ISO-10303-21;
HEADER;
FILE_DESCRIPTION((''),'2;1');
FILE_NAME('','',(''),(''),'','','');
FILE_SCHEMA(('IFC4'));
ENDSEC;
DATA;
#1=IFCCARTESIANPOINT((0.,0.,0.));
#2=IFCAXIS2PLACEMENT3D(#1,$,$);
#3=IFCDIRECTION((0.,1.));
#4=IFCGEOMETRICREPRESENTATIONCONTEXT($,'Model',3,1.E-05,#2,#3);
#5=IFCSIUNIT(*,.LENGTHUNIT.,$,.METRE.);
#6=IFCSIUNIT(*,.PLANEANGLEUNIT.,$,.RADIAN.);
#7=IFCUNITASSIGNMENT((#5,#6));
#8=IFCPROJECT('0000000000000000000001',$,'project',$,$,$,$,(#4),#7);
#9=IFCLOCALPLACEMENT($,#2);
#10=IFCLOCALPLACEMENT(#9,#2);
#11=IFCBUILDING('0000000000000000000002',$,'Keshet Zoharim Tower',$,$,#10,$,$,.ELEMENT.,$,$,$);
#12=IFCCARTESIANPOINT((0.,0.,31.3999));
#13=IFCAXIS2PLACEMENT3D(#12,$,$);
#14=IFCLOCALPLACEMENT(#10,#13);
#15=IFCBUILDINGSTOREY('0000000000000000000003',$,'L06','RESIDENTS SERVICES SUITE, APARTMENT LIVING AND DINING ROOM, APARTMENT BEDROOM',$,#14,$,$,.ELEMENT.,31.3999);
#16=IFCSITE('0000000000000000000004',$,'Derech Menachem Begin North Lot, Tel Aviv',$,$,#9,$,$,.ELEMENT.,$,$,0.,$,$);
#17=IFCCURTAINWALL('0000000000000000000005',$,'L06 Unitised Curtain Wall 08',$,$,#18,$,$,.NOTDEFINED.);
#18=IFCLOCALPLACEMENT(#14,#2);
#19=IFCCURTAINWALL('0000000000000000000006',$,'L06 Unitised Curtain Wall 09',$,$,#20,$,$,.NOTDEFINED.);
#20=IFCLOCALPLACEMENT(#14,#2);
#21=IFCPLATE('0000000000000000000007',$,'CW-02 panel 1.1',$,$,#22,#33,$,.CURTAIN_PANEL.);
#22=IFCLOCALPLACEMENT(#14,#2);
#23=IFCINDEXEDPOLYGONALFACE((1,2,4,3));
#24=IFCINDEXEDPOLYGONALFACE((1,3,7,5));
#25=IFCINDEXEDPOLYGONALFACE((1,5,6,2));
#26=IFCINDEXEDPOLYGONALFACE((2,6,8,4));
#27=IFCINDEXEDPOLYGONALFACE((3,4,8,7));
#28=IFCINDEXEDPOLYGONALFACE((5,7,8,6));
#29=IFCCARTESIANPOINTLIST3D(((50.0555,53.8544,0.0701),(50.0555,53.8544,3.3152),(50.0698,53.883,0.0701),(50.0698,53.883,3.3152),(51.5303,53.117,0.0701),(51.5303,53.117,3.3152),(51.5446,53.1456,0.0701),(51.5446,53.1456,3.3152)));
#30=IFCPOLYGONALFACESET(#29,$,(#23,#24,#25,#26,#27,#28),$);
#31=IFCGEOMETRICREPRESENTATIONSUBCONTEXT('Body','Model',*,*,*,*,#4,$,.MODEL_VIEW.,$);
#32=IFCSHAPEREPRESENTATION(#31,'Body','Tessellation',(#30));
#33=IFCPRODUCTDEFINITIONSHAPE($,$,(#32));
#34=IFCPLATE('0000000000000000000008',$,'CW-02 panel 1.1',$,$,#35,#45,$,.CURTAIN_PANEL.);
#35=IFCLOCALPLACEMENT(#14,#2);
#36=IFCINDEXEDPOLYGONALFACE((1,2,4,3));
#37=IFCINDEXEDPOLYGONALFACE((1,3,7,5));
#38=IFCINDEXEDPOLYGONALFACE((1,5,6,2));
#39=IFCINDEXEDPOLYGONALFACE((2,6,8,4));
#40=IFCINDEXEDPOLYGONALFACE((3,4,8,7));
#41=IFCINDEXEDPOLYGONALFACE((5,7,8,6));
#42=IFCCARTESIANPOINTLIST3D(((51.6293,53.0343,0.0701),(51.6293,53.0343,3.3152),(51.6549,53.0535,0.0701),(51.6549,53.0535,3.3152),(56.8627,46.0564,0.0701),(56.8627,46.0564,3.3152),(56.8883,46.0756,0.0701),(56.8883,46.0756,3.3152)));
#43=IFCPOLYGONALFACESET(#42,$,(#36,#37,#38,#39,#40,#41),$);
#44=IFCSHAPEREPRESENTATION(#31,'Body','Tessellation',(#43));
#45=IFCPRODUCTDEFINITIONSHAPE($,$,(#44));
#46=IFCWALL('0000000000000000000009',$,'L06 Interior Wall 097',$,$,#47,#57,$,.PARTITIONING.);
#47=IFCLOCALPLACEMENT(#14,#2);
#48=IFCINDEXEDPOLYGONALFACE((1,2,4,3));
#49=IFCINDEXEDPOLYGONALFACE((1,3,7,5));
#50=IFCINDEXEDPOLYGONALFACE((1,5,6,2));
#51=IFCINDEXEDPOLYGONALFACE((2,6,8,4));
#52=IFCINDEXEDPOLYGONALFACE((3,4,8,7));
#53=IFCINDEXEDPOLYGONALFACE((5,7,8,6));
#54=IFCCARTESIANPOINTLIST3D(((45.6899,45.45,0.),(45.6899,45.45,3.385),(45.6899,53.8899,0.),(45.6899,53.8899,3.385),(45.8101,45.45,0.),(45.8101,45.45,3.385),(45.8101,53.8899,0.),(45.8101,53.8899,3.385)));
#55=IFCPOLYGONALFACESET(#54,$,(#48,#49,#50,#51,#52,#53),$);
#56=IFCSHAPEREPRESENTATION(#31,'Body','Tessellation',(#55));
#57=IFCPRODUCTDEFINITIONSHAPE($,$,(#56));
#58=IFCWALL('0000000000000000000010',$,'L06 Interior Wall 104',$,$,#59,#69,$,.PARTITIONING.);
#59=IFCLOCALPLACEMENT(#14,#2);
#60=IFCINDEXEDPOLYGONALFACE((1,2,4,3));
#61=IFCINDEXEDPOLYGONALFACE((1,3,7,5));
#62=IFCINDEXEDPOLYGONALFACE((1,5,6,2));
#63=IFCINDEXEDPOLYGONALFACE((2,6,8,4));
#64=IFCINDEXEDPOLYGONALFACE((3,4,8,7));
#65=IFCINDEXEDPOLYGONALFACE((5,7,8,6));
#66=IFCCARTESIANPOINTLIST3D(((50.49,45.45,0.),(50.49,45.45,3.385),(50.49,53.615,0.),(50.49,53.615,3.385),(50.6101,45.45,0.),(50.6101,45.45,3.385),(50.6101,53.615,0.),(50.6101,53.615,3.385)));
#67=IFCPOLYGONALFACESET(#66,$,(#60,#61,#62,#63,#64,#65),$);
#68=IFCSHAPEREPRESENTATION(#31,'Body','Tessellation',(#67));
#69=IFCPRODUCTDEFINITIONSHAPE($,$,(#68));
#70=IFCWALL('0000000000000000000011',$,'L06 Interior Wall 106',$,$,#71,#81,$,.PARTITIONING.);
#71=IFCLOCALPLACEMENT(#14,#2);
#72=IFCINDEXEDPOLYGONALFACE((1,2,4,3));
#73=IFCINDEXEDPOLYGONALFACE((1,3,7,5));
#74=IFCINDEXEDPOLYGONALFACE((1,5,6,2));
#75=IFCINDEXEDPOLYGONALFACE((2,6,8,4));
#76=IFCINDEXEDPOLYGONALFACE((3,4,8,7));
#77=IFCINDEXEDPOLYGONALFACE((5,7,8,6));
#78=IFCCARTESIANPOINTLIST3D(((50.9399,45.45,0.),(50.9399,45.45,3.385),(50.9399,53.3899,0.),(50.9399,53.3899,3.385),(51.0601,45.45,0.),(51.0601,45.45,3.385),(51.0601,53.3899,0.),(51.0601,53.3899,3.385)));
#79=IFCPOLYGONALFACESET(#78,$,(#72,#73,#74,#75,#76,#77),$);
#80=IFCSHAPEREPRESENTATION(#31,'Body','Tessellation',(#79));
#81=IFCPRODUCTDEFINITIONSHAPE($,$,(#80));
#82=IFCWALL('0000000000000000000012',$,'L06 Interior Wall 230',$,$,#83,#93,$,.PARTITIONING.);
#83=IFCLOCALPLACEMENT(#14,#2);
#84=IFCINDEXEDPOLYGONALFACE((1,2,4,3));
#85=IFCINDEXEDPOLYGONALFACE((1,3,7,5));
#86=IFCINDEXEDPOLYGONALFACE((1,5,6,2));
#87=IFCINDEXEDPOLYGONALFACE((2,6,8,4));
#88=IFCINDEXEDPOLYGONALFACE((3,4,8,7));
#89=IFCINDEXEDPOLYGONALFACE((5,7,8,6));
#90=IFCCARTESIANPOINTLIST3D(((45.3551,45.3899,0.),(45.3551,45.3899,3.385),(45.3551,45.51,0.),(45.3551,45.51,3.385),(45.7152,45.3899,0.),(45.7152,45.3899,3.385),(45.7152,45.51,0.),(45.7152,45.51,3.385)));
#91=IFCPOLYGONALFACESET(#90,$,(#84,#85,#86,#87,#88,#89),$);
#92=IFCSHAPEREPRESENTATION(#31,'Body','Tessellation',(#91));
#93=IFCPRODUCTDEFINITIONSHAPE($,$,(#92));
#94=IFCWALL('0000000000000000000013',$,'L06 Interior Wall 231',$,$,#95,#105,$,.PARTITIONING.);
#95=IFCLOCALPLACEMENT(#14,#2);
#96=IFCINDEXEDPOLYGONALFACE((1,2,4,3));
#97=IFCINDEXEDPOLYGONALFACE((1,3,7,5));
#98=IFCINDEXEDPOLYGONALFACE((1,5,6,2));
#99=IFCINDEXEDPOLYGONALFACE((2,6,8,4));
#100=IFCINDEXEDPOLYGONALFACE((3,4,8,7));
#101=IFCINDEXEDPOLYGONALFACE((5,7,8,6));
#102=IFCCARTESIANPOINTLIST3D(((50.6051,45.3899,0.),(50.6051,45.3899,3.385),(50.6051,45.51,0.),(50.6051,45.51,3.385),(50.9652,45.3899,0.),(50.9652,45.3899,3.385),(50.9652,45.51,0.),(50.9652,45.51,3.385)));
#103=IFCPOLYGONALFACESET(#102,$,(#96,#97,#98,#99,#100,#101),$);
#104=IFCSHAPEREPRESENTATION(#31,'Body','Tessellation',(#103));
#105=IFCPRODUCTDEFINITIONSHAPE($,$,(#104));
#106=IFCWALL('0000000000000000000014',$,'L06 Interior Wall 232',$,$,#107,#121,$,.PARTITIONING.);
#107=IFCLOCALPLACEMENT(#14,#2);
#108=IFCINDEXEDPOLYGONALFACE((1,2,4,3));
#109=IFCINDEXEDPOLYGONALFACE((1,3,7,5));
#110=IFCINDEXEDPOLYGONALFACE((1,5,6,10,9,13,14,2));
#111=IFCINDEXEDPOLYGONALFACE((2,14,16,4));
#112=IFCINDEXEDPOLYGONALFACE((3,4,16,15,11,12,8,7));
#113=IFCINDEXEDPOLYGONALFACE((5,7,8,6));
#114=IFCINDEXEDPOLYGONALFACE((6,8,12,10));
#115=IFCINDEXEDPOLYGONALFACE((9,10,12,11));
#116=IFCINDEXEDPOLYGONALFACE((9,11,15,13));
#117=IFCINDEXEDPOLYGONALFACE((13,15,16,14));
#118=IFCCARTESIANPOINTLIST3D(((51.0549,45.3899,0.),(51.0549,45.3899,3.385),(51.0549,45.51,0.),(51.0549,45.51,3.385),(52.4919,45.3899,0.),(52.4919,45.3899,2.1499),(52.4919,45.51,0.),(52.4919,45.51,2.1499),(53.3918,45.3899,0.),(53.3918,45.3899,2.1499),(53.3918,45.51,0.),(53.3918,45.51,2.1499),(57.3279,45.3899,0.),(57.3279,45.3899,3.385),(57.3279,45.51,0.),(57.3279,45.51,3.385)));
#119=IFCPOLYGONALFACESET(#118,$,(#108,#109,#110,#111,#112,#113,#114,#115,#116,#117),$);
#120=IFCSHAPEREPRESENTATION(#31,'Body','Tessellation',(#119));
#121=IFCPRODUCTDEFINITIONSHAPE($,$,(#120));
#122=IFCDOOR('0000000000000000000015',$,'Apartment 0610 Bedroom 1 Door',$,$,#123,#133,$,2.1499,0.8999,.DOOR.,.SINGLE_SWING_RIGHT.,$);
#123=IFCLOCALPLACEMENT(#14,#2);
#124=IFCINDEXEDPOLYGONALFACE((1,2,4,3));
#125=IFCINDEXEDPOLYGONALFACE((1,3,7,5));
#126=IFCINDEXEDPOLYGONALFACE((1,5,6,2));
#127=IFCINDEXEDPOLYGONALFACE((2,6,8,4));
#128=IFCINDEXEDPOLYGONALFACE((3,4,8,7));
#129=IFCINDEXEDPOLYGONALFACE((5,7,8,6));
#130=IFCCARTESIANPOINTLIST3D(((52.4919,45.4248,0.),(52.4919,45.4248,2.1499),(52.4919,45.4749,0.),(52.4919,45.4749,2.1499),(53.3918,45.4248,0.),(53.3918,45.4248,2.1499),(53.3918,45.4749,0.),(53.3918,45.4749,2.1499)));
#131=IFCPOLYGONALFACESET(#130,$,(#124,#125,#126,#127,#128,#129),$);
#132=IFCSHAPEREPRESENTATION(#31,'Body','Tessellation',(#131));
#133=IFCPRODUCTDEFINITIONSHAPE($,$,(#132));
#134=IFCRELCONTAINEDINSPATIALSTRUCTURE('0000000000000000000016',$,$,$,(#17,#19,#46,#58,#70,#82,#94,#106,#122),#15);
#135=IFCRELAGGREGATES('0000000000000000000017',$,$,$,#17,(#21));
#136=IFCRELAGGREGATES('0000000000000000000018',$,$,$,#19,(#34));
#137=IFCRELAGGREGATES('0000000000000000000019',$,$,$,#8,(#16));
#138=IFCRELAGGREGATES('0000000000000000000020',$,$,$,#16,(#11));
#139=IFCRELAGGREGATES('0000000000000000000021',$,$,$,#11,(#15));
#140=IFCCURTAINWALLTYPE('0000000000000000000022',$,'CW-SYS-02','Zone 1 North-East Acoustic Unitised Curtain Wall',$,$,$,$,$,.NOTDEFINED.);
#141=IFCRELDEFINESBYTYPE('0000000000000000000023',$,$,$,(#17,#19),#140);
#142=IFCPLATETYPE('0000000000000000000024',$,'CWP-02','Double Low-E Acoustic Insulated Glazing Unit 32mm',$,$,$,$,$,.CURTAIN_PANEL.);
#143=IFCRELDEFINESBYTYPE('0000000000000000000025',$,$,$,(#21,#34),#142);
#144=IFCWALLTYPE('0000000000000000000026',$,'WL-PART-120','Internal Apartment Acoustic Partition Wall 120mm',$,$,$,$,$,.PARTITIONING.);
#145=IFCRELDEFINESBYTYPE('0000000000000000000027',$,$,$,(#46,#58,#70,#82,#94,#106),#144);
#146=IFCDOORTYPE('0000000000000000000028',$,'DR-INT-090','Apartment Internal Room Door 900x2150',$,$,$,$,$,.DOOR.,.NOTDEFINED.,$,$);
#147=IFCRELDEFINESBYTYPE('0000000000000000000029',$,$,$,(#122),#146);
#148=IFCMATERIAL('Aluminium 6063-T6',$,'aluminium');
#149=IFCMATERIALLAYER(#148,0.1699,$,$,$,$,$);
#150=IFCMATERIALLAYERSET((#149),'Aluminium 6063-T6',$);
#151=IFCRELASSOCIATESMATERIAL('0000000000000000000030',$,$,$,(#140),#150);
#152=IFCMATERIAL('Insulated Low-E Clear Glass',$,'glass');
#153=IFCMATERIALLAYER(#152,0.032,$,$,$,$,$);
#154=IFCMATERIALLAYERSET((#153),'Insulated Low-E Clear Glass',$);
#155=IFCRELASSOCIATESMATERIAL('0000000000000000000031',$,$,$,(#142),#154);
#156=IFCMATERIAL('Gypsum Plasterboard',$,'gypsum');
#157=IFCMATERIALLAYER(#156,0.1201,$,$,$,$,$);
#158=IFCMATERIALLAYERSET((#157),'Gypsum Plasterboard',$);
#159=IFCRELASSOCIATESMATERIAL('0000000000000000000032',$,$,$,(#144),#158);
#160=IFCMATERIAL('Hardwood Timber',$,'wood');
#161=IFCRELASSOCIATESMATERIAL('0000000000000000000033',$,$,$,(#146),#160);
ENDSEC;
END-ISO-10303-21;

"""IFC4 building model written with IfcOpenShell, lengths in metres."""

from ifc_helpers import new_model, si_unit, direction, frame, frame_2d, origin, origin_2d, place, context, subcontext, project, spatial, rectangle, extrude, material, layer, layer_set, type_object, element, fill, aggregate, save


model = new_model("IFC4")

# Units and contexts
model_context = context("Model", 3, precision=1e-05, world=origin(), true_north=direction((0.0, 1.0)))
body_context = subcontext(model_context, "Body", "Model", "MODEL_VIEW")
ifc_project = project(units=[si_unit("LENGTHUNIT", "METRE"), si_unit("PLANEANGLEUNIT", "RADIAN")], contexts=[model_context])

# Site, building, storey
site_placement = place(None, origin())
site = spatial("IfcSite", under=ifc_project, at=site_placement, Name="Derech Menachem Begin North Lot, Tel Aviv", CompositionType="ELEMENT", RefElevation=0.0)
building_placement = place(site_placement, origin())
building = spatial("IfcBuilding", under=site, at=building_placement, Name="Keshet Zoharim Tower", CompositionType="ELEMENT")
storey_placement = place(building_placement, frame((0.0, 0.0, 31.3999)))
storey = spatial("IfcBuildingStorey", under=building, at=storey_placement, Name="L06", Description="RESIDENTS SERVICES SUITE, APARTMENT LIVING AND DINING ROOM, APARTMENT BEDROOM", CompositionType="ELEMENT", Elevation=31.3999)

# Shared definitions
ifc_material_1 = material(Name="Aluminium 6063-T6", Category="aluminium")
ifc_layer_1 = layer(ifc_material_1, 0.1699)
ifc_layer_set_1 = layer_set([ifc_layer_1], Name="Aluminium 6063-T6")
curtain_wall_type = type_object("IfcCurtainWallType", Name="CW-SYS-02", Description="Zone 1 North-East Acoustic Unitised Curtain Wall", PredefinedType="NOTDEFINED", material=ifc_layer_set_1)

# Curtain walls
curtain_wall_1_placement = place(storey_placement, origin())
curtain_wall_1 = element("IfcCurtainWall", 1, at=curtain_wall_1_placement, inside=storey, type_object=curtain_wall_type, Name="L06 Unitised Curtain Wall 08", PredefinedType="NOTDEFINED")
curtain_wall_2_placement = place(storey_placement, origin())
curtain_wall_2 = element("IfcCurtainWall", 2, at=curtain_wall_2_placement, inside=storey, type_object=curtain_wall_type, Name="L06 Unitised Curtain Wall 09", PredefinedType="NOTDEFINED")

# Plates
ifc_material_2 = material(Name="Insulated Low-E Clear Glass", Category="glass")
ifc_layer_2 = layer(ifc_material_2, 0.032)
ifc_layer_set_2 = layer_set([ifc_layer_2], Name="Insulated Low-E Clear Glass")
plate_type = type_object("IfcPlateType", Name="CWP-02", Description="Double Low-E Acoustic Insulated Glazing Unit 32mm", PredefinedType="CURTAIN_PANEL", material=ifc_layer_set_2)
plate_1_placement = place(storey_placement, frame((50.8, 53.5, 0.0701), z_axis=(0.0, 0.0, 1.0), x_axis=(0.894427, -0.447214, 0.0)))
plate_1 = element("IfcPlate", 3, at=plate_1_placement, type_object=plate_type, Name="CW-02 panel 1.1", PredefinedType="CURTAIN_PANEL", context=body_context, shape_type="SweptSolid", body=[
    extrude(rectangle(XDim=1.6489, YDim=0.032, at=origin_2d()), origin(), (0.0, 0.0, 1.0), 3.2451),
])
aggregate(curtain_wall_1, [plate_1])
plate_2_placement = place(storey_placement, frame((54.2588, 49.5549, 0.0701), z_axis=(0.0, 0.0, 1.0), x_axis=(0.6, -0.8, 0.0)))
plate_2 = element("IfcPlate", 4, at=plate_2_placement, type_object=plate_type, Name="CW-02 panel 1.1", PredefinedType="CURTAIN_PANEL", context=body_context, shape_type="SweptSolid", body=[
    extrude(rectangle(XDim=8.7224, YDim=0.032, at=origin_2d()), origin(), (0.0, 0.0, 1.0), 3.2451),
])
aggregate(curtain_wall_2, [plate_2])

# Walls
ifc_material_3 = material(Name="Gypsum Plasterboard", Category="gypsum")
ifc_layer_3 = layer(ifc_material_3, 0.1201)
ifc_layer_set_3 = layer_set([ifc_layer_3], Name="Gypsum Plasterboard")
wall_type = type_object("IfcWallType", Name="WL-PART-120", Description="Internal Apartment Acoustic Partition Wall 120mm", PredefinedType="PARTITIONING", material=ifc_layer_set_3)
wall_1_placement = place(storey_placement, frame((45.75, 45.45, 0.0), z_axis=(0.0, 0.0, 1.0), x_axis=(0.0, 1.0, 0.0)))
element("IfcWall", 5, at=wall_1_placement, inside=storey, type_object=wall_type, Name="L06 Interior Wall 097", PredefinedType="PARTITIONING", context=body_context, shape_type="SweptSolid", body=[
    extrude(rectangle(XDim=8.4399, YDim=0.1201, at=frame_2d((4.22, 0.0))), origin(), (0.0, 0.0, 1.0), 3.385),
])
wall_2_placement = place(storey_placement, frame((50.55, 45.45, 0.0), z_axis=(0.0, 0.0, 1.0), x_axis=(0.0, 1.0, 0.0)))
element("IfcWall", 6, at=wall_2_placement, inside=storey, type_object=wall_type, Name="L06 Interior Wall 104", PredefinedType="PARTITIONING", context=body_context, shape_type="SweptSolid", body=[
    extrude(rectangle(XDim=8.165, YDim=0.1201, at=frame_2d((4.0825, 0.0))), origin(), (0.0, 0.0, 1.0), 3.385),
])
wall_3_placement = place(storey_placement, frame((51.0, 45.45, 0.0), z_axis=(0.0, 0.0, 1.0), x_axis=(0.0, 1.0, 0.0)))
element("IfcWall", 7, at=wall_3_placement, inside=storey, type_object=wall_type, Name="L06 Interior Wall 106", PredefinedType="PARTITIONING", context=body_context, shape_type="SweptSolid", body=[
    extrude(rectangle(XDim=7.9399, YDim=0.1201, at=frame_2d((3.97, 0.0))), origin(), (0.0, 0.0, 1.0), 3.385),
])
for number, where, z_axis, x_axis, name in (
    (8, (45.355, 45.45, 0.0), (0.0, 0.0, 1.0), (1.0, 0.0, 0.0), "L06 Interior Wall 230"),
    (9, (50.605, 45.45, 0.0), (0.0, 0.0, 1.0), (1.0, 0.0, 0.0), "L06 Interior Wall 231"),
):
    element("IfcWall", number, at=place(storey_placement, frame(where, z_axis=z_axis, x_axis=x_axis)), inside=storey, type_object=wall_type, Name=name, PredefinedType="PARTITIONING", context=body_context, shape_type="SweptSolid", body=[
        extrude(rectangle(XDim=0.3601, YDim=0.1201, at=frame_2d((0.1802, 0.0))), origin(), (0.0, 0.0, 1.0), 3.385),
    ])

# Wall, opening, door
wall_4_placement = place(storey_placement, frame((51.0549, 45.45, 0.0), z_axis=(0.0, 0.0, 1.0), x_axis=(1.0, 0.0, 0.0)))
wall_4 = element("IfcWall", 10, at=wall_4_placement, inside=storey, type_object=wall_type, Name="L06 Interior Wall 232", PredefinedType="PARTITIONING", context=body_context, shape_type="SweptSolid", body=[
    extrude(rectangle(XDim=6.2729, YDim=0.1201, at=frame_2d((3.1365, 0.0))), origin(), (0.0, 0.0, 1.0), 3.385),
])
opening_placement = place(wall_4_placement, frame((1.437, 0.0, 0.0)))
opening = element("IfcOpeningElement", 11, at=opening_placement, cuts=wall_4, PredefinedType="OPENING", context=body_context, shape_type="SweptSolid", body=[
    extrude(rectangle(XDim=0.8999, YDim=2.1499, at=frame_2d((0.45, 1.075))), frame((0.0, 0.0701, 0.0), z_axis=(0.0, -1.0, 0.0), x_axis=(1.0, 0.0, 0.0)), (0.0, 0.0, 1.0), 0.1401),
])
ifc_material_4 = material(Name="Hardwood Timber", Category="wood")
door_type = type_object("IfcDoorType", Name="DR-INT-090", Description="Apartment Internal Room Door 900x2150", OperationType="NOTDEFINED", PredefinedType="DOOR", material=ifc_material_4)
door_placement = place(opening_placement, origin())
door = element("IfcDoor", 12, at=door_placement, inside=storey, type_object=door_type, Name="Apartment 0610 Bedroom 1 Door", OperationType="SINGLE_SWING_RIGHT", OverallHeight=2.1499, OverallWidth=0.8999, PredefinedType="DOOR", context=body_context, shape_type="SweptSolid", body=[
    extrude(rectangle(XDim=0.8999, YDim=2.1499, at=frame_2d((0.45, 1.075))), frame((0.0, 0.0249, 0.0), z_axis=(0.0, -1.0, 0.0), x_axis=(1.0, 0.0, 0.0)), (0.0, 0.0, 1.0), 0.05),
])
fill(opening, door)

save(model, "model.ifc")
